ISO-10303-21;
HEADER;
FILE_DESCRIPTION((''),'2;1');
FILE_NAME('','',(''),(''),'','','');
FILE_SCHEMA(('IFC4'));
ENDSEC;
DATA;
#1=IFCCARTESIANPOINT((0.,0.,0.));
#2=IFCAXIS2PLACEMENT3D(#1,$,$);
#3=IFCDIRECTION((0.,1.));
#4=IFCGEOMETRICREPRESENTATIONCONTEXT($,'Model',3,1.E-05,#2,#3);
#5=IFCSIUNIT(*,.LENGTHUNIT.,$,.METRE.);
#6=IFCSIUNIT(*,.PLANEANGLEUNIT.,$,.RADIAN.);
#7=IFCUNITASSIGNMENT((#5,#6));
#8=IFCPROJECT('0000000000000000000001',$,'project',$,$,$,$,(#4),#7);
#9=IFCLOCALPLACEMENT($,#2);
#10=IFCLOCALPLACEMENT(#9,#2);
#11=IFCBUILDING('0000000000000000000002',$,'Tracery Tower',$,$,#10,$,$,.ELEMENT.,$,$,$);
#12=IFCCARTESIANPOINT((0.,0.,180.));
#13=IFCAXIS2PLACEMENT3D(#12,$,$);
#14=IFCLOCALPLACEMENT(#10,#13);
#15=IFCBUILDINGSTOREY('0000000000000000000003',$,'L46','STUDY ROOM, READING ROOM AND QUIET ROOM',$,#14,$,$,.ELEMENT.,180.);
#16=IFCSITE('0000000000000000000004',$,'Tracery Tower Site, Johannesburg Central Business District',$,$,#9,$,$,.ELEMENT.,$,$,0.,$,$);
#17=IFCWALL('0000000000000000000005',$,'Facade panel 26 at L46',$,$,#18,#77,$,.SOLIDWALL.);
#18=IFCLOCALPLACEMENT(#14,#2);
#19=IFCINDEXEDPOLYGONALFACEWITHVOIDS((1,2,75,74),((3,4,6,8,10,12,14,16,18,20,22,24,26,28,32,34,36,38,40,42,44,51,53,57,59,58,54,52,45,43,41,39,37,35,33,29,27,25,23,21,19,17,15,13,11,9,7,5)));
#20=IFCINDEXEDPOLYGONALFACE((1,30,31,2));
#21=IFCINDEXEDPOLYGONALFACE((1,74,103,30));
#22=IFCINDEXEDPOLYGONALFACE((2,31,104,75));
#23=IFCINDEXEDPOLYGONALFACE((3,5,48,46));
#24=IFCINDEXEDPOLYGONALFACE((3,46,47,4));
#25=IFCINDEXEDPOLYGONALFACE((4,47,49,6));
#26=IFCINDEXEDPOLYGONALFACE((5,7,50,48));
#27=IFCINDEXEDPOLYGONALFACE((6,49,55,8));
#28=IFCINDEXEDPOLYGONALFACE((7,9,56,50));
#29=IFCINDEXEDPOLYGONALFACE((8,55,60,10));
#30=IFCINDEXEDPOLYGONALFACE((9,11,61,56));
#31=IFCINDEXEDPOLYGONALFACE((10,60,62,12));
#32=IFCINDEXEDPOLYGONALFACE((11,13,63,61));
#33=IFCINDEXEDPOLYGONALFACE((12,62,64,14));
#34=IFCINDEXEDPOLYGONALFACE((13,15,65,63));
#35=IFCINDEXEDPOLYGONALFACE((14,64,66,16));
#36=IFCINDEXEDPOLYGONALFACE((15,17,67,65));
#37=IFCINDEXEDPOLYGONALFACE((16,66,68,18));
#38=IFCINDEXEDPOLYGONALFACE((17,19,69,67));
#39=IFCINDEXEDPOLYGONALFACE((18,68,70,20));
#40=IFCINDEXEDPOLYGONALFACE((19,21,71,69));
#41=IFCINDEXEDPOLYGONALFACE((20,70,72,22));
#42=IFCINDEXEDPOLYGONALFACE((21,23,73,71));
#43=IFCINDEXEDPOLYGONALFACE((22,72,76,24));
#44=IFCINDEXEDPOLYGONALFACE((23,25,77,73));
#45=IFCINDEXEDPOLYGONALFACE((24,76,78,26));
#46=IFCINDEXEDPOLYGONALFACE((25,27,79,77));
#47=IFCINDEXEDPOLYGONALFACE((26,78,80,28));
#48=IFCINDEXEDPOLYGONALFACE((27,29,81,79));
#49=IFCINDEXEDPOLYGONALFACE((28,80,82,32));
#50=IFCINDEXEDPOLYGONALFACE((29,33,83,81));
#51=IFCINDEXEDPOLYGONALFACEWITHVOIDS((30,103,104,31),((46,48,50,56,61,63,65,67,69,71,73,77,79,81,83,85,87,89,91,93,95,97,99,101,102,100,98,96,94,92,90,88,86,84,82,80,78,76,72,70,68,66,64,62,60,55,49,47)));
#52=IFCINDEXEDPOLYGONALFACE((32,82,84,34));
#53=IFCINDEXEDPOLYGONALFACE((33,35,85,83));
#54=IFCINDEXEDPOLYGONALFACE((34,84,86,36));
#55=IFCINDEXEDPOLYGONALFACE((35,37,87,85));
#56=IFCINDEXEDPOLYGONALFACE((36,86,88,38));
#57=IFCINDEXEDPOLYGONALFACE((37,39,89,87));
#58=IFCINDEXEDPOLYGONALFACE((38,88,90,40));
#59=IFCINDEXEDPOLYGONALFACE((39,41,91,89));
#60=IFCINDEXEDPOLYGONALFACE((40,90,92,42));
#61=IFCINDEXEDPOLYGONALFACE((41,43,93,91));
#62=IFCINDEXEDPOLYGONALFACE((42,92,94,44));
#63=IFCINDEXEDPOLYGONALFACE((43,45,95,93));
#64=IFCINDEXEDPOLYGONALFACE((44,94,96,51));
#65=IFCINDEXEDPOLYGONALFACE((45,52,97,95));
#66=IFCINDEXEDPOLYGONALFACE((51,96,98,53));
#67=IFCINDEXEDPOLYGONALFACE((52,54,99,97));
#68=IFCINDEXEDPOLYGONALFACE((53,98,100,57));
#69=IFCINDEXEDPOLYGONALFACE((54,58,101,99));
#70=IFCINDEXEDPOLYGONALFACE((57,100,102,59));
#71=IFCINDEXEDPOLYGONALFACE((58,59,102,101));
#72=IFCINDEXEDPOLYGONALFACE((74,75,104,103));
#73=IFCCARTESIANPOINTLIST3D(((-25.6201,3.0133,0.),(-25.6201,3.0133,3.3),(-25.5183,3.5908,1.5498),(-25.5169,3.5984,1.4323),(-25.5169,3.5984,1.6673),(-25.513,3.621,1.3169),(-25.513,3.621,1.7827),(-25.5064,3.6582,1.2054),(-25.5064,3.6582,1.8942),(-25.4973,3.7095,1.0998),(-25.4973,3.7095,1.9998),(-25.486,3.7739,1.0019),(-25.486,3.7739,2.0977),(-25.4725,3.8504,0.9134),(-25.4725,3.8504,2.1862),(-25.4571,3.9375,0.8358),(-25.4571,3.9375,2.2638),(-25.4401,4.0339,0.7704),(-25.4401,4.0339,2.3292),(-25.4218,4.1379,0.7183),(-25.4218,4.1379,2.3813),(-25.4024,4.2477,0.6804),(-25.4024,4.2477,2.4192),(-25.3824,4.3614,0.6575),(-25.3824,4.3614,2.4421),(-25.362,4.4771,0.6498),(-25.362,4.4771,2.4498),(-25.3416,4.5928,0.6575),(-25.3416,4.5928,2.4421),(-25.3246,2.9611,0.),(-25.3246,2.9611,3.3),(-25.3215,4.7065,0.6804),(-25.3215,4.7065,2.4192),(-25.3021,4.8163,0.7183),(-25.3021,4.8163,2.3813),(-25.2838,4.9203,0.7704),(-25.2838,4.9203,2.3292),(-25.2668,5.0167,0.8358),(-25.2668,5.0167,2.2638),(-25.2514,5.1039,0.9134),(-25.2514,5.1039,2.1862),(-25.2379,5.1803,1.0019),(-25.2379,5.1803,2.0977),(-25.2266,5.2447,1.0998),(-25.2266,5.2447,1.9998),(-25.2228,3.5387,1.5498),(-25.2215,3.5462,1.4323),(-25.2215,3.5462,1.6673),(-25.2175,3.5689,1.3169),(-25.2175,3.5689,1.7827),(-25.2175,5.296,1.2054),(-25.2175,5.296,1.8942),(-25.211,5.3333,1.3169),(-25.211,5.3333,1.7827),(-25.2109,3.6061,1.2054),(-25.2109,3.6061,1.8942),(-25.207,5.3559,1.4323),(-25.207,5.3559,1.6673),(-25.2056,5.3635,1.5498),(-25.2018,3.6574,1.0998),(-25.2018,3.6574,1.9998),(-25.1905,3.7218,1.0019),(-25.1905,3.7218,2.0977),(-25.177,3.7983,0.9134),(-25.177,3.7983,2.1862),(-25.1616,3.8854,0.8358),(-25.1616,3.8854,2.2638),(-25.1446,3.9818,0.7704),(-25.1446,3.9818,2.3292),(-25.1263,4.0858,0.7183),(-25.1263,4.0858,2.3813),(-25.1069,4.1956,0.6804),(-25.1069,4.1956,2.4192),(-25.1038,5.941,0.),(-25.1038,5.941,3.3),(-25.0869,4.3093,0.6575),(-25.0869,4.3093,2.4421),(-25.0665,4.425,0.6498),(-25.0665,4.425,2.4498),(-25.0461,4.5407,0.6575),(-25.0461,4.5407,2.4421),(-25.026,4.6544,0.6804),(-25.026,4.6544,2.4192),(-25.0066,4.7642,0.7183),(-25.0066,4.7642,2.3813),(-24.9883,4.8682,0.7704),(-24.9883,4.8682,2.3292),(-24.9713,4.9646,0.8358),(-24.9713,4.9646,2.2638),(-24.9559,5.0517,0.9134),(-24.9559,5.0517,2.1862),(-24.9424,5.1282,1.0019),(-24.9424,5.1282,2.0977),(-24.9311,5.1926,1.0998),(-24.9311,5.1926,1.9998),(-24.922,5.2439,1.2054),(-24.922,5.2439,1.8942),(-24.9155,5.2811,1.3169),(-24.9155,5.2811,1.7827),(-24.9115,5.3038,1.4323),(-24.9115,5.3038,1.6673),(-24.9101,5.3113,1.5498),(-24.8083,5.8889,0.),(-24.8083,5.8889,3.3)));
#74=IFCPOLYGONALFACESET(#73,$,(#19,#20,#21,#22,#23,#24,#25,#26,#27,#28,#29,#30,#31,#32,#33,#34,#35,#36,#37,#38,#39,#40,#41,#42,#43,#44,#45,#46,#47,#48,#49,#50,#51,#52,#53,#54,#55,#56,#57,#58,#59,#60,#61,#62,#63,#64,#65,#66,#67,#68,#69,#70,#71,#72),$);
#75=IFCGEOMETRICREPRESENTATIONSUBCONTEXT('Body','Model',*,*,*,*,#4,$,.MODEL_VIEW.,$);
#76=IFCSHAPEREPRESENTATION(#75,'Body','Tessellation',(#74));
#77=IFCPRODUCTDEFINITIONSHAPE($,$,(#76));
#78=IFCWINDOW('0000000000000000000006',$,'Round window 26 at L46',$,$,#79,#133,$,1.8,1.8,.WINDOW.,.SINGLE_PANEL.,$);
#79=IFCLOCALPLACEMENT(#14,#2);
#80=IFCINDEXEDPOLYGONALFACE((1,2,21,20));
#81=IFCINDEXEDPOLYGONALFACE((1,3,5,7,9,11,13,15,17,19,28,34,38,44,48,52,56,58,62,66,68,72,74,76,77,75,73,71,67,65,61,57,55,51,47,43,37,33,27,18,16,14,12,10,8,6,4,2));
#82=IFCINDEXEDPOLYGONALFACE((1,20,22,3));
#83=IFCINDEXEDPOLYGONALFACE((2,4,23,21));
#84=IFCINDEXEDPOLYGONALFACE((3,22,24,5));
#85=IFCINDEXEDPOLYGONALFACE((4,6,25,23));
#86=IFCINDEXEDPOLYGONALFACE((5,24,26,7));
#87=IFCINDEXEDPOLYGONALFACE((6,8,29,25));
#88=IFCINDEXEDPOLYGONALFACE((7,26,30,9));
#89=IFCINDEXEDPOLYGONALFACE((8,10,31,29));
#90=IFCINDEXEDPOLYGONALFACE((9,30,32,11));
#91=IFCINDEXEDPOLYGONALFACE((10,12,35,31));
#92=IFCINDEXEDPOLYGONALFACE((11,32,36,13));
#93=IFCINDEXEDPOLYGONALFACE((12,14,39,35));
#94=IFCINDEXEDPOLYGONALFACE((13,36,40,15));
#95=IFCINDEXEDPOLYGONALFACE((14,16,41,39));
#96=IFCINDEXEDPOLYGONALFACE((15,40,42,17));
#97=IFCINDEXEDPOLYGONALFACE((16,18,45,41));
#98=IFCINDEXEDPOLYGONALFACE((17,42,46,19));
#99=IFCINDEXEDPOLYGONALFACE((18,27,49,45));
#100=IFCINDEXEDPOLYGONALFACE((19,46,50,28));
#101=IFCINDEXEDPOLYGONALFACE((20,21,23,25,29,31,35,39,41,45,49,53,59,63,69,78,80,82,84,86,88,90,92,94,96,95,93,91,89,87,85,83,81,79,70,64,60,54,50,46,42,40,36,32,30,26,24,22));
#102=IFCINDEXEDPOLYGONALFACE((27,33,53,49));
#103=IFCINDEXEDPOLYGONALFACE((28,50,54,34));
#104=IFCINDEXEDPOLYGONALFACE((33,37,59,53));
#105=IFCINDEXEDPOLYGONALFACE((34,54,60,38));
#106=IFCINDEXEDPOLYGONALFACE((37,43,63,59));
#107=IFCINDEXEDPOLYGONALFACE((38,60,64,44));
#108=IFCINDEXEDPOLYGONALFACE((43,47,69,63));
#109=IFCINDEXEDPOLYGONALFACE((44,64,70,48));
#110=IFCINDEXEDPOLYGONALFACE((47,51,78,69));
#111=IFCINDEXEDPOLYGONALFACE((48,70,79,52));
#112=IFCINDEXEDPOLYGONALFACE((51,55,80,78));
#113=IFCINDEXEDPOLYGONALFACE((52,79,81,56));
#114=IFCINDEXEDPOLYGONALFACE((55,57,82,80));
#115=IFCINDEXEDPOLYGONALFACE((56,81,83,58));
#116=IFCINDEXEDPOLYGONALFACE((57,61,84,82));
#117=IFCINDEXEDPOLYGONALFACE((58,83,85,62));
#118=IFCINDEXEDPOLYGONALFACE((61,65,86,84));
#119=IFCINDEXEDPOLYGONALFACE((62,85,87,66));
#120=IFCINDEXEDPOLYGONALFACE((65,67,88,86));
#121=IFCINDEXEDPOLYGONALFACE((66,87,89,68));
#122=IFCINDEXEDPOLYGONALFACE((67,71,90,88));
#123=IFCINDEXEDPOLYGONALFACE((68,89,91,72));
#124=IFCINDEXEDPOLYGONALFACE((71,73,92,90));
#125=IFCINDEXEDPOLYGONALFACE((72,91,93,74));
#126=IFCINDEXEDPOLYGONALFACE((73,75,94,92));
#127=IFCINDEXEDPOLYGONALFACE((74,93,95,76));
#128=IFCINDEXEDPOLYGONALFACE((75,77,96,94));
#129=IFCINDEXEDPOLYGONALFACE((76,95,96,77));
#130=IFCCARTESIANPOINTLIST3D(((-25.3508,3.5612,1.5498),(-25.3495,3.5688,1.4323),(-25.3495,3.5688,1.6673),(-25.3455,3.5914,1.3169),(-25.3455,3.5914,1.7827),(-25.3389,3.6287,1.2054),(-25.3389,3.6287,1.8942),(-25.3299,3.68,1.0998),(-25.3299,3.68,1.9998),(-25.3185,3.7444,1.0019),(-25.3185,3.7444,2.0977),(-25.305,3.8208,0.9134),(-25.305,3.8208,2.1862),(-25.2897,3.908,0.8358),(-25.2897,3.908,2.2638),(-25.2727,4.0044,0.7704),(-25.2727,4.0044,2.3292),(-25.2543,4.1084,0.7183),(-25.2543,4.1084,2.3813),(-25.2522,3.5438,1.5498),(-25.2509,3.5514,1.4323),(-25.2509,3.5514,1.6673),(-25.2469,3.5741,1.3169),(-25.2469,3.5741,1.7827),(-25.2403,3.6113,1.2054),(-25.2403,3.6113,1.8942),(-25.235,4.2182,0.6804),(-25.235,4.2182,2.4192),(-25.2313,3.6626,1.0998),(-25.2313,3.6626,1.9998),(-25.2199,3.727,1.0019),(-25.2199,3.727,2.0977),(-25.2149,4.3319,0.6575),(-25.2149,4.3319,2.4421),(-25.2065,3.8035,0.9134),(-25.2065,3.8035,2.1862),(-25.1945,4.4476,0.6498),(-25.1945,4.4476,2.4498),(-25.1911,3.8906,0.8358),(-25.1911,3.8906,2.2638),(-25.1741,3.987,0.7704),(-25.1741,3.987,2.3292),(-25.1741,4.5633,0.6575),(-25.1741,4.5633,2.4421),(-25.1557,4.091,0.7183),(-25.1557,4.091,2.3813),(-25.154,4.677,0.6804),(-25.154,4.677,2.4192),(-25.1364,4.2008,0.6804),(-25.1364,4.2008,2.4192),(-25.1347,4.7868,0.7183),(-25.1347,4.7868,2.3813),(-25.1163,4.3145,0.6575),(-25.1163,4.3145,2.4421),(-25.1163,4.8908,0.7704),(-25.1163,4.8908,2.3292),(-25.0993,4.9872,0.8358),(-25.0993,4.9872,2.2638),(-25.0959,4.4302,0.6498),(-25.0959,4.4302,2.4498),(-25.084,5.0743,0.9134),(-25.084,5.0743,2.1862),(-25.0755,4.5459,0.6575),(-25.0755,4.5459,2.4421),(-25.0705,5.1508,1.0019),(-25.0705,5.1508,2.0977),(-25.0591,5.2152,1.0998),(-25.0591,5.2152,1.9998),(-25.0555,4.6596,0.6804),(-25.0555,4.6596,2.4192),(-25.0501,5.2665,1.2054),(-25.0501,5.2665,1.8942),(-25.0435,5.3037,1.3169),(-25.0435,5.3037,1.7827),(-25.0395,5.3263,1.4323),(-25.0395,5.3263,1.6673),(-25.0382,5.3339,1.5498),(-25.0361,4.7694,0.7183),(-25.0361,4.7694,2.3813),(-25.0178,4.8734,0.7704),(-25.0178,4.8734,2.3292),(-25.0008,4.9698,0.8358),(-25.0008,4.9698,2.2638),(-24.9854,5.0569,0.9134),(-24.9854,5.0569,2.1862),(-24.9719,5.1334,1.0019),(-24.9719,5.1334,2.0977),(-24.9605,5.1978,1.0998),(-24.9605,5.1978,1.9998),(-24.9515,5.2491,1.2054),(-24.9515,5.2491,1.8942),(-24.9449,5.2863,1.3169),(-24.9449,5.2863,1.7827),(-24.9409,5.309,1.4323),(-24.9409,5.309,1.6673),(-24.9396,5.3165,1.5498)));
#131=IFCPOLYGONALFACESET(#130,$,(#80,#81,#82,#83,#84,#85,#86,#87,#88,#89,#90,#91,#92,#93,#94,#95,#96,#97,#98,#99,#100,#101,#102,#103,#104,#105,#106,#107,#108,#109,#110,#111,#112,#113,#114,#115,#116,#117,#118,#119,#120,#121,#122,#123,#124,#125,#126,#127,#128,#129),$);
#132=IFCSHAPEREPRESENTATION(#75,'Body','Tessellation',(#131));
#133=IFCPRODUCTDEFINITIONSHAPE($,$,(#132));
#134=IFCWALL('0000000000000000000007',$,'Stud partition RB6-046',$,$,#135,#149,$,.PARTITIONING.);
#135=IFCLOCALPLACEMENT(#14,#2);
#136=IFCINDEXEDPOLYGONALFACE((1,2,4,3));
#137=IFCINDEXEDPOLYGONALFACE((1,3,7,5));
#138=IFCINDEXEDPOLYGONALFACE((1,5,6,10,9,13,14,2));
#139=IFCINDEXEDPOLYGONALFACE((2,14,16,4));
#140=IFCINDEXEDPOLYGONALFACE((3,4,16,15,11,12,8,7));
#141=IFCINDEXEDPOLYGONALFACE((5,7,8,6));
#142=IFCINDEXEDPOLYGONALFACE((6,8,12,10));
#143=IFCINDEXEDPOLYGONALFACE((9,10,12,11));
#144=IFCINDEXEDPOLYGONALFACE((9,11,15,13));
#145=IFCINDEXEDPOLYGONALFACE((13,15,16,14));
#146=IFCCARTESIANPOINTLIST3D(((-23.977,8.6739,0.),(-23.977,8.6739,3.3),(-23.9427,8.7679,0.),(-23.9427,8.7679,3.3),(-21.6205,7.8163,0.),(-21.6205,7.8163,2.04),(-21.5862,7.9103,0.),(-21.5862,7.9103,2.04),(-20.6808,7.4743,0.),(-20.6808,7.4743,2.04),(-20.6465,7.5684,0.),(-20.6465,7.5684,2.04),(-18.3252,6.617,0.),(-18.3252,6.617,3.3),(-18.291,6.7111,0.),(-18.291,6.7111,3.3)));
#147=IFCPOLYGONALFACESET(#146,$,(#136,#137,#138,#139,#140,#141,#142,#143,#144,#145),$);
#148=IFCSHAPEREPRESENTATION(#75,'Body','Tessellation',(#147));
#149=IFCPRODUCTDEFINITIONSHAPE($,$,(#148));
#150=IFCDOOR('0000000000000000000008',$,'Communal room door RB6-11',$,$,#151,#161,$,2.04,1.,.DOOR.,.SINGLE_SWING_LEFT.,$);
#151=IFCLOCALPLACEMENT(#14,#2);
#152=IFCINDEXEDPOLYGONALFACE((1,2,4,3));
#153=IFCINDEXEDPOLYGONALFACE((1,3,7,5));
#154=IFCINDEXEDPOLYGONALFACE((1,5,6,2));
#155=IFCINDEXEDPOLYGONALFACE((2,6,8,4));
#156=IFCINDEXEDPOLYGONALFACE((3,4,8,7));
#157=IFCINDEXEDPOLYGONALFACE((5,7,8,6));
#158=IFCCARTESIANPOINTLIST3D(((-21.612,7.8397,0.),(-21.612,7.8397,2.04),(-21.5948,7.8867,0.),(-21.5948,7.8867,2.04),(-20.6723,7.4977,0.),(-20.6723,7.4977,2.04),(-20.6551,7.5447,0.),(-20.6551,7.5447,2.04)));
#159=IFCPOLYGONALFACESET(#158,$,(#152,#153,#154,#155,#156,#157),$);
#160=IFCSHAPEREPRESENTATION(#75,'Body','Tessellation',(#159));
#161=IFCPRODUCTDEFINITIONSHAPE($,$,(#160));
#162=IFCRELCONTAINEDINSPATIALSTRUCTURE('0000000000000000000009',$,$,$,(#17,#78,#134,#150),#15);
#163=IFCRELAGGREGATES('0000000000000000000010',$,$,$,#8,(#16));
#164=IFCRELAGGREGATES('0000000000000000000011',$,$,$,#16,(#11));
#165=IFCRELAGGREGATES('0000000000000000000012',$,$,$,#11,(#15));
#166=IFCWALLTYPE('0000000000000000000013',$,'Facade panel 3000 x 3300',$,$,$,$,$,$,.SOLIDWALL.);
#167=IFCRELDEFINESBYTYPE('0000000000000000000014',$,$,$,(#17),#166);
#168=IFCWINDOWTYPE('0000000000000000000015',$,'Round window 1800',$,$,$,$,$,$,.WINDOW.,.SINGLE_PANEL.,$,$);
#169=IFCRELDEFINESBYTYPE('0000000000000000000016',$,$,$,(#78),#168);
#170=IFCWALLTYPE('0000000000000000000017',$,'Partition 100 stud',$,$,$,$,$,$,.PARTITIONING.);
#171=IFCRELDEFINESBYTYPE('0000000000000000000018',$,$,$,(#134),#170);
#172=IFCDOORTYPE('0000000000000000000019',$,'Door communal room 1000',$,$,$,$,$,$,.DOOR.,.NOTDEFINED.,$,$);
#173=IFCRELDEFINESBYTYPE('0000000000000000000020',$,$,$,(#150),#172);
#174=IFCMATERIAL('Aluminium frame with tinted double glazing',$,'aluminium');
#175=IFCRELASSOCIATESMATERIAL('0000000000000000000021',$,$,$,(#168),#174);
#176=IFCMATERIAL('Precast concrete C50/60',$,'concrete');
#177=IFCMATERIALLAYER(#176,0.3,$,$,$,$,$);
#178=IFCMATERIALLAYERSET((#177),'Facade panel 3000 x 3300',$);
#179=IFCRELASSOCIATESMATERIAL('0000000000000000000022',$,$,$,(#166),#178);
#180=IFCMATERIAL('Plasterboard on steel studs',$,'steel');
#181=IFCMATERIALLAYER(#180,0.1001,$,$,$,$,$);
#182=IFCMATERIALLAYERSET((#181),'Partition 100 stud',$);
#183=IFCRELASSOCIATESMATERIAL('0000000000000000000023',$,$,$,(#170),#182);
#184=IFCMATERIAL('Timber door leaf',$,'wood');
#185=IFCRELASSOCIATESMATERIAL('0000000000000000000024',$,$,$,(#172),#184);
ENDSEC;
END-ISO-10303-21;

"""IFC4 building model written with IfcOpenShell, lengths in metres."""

from ifc_helpers import new_model, si_unit, direction, frame, frame_2d, origin, origin_2d, place, context, subcontext, project, spatial, rectangle, circle, extrude, material, layer, layer_set, type_object, element, fill, save


model = new_model("IFC4")

# Units and contexts
model_context = context("Model", 3, precision=1e-05, world=origin(), true_north=direction((0.0, 1.0)))
body_context = subcontext(model_context, "Body", "Model", "MODEL_VIEW")
ifc_project = project(units=[si_unit("LENGTHUNIT", "METRE"), si_unit("PLANEANGLEUNIT", "RADIAN")], contexts=[model_context])

# Site, building, storey
site_placement = place(None, origin())
site = spatial("IfcSite", under=ifc_project, at=site_placement, Name="Tracery Tower Site, Johannesburg Central Business District", CompositionType="ELEMENT", RefElevation=0.0)
building_placement = place(site_placement, origin())
building = spatial("IfcBuilding", under=site, at=building_placement, Name="Tracery Tower", CompositionType="ELEMENT")
storey_placement = place(building_placement, frame((0.0, 0.0, 180.0)))
storey = spatial("IfcBuildingStorey", under=building, at=storey_placement, Name="L46", Description="STUDY ROOM, READING ROOM AND QUIET ROOM", CompositionType="ELEMENT", Elevation=180.0)

# Wall, opening, window
ifc_material_1 = material(Name="Aluminium frame with tinted double glazing", Category="aluminium")
window_type = type_object("IfcWindowType", Name="Round window 1800", PartitioningType="SINGLE_PANEL", PredefinedType="WINDOW", material=ifc_material_1)
ifc_material_2 = material(Name="Precast concrete C50/60", Category="concrete")
ifc_layer_1 = layer(ifc_material_2, 0.3)
ifc_layer_set_1 = layer_set([ifc_layer_1], Name="Facade panel 3000 x 3300")
wall_type_1 = type_object("IfcWallType", Name="Facade panel 3000 x 3300", PredefinedType="SOLIDWALL", material=ifc_layer_set_1)
wall_1_placement = place(storey_placement, frame((-24.9561, 5.9148, 0.0), z_axis=(0.0, 0.0, 1.0), x_axis=(-0.173687, -0.984801, 0.0)))
wall_1 = element("IfcWall", 1, at=wall_1_placement, inside=storey, type_object=wall_type_1, Name="Facade panel 26 at L46", PredefinedType="SOLIDWALL", context=body_context, shape_type="SweptSolid", body=[
    extrude(rectangle(XDim=2.9729, YDim=0.3, at=frame_2d((1.4863, 0.0))), origin(), (0.0, 0.0, 1.0), 3.3),
])
opening_1_placement = place(wall_1_placement, frame((1.4863, 0.0, 1.5498)))
opening_1 = element("IfcOpeningElement", 2, at=opening_1_placement, cuts=wall_1, PredefinedType="OPENING", context=body_context, shape_type="SweptSolid", body=[
    extrude(circle(Radius=0.9, at=origin_2d()), frame((0.0, 0.1599, 0.0), z_axis=(0.0, -1.0, 0.0), x_axis=(1.0, 0.0, 0.0)), (0.0, 0.0, 1.0), 0.3201),
])
window_1_placement = place(opening_1_placement, origin())
window_1 = element("IfcWindow", 3, at=window_1_placement, inside=storey, type_object=window_type, Name="Round window 26 at L46", OverallHeight=1.8, OverallWidth=1.8, PartitioningType="SINGLE_PANEL", PredefinedType="WINDOW", context=body_context, shape_type="SweptSolid", body=[
    extrude(circle(Radius=0.9, at=origin_2d()), frame((0.0, 0.1201, 0.0), z_axis=(0.0, -1.0, 0.0), x_axis=(1.0, 0.0, 0.0)), (0.0, 0.0, 1.0), 0.1001),
])
fill(opening_1, window_1)

# Wall, opening, door
ifc_material_3 = material(Name="Plasterboard on steel studs", Category="steel")
ifc_layer_2 = layer(ifc_material_3, 0.1001)
ifc_layer_set_2 = layer_set([ifc_layer_2], Name="Partition 100 stud")
wall_type_2 = type_object("IfcWallType", Name="Partition 100 stud", PredefinedType="PARTITIONING", material=ifc_layer_set_2)
wall_2_placement = place(storey_placement, frame((-23.96, 8.7209, 0.0), z_axis=(0.0, 0.0, 1.0), x_axis=(0.939705, -0.341987, 0.0)))
wall_2 = element("IfcWall", 4, at=wall_2_placement, inside=storey, type_object=wall_type_2, Name="Stud partition RB6-046", PredefinedType="PARTITIONING", context=body_context, shape_type="SweptSolid", body=[
    extrude(rectangle(XDim=6.0144, YDim=0.1001, at=frame_2d((3.0073, 0.0))), origin(), (0.0, 0.0, 1.0), 3.3),
])
opening_2_placement = place(wall_2_placement, frame((2.5078, 0.0, 0.0)))
opening_2 = element("IfcOpeningElement", 5, at=opening_2_placement, cuts=wall_2, PredefinedType="OPENING", context=body_context, shape_type="SweptSolid", body=[
    extrude(rectangle(XDim=1.0, YDim=2.04, at=frame_2d((0.5, 1.02))), frame((0.0, 0.05, 0.0), z_axis=(0.0, -1.0, 0.0), x_axis=(1.0, 0.0, 0.0)), (0.0, 0.0, 1.0), 0.1001),
])
ifc_material_4 = material(Name="Timber door leaf", Category="wood")
door_type_1 = type_object("IfcDoorType", Name="Door communal room 1000", OperationType="NOTDEFINED", PredefinedType="DOOR", material=ifc_material_4)
door_1_placement = place(opening_2_placement, origin())
door_1 = element("IfcDoor", 6, at=door_1_placement, inside=storey, type_object=door_type_1, Name="Communal room door RB6-11", OperationType="SINGLE_SWING_LEFT", OverallHeight=2.04, OverallWidth=1.0, PredefinedType="DOOR", context=body_context, shape_type="SweptSolid", body=[
    extrude(rectangle(XDim=1.0, YDim=2.04, at=frame_2d((0.5, 1.02))), frame((0.0, 0.0249, 0.0), z_axis=(0.0, -1.0, 0.0), x_axis=(1.0, 0.0, 0.0)), (0.0, 0.0, 1.0), 0.05),
])
fill(opening_2, door_1)

save(model, "model.ifc")
